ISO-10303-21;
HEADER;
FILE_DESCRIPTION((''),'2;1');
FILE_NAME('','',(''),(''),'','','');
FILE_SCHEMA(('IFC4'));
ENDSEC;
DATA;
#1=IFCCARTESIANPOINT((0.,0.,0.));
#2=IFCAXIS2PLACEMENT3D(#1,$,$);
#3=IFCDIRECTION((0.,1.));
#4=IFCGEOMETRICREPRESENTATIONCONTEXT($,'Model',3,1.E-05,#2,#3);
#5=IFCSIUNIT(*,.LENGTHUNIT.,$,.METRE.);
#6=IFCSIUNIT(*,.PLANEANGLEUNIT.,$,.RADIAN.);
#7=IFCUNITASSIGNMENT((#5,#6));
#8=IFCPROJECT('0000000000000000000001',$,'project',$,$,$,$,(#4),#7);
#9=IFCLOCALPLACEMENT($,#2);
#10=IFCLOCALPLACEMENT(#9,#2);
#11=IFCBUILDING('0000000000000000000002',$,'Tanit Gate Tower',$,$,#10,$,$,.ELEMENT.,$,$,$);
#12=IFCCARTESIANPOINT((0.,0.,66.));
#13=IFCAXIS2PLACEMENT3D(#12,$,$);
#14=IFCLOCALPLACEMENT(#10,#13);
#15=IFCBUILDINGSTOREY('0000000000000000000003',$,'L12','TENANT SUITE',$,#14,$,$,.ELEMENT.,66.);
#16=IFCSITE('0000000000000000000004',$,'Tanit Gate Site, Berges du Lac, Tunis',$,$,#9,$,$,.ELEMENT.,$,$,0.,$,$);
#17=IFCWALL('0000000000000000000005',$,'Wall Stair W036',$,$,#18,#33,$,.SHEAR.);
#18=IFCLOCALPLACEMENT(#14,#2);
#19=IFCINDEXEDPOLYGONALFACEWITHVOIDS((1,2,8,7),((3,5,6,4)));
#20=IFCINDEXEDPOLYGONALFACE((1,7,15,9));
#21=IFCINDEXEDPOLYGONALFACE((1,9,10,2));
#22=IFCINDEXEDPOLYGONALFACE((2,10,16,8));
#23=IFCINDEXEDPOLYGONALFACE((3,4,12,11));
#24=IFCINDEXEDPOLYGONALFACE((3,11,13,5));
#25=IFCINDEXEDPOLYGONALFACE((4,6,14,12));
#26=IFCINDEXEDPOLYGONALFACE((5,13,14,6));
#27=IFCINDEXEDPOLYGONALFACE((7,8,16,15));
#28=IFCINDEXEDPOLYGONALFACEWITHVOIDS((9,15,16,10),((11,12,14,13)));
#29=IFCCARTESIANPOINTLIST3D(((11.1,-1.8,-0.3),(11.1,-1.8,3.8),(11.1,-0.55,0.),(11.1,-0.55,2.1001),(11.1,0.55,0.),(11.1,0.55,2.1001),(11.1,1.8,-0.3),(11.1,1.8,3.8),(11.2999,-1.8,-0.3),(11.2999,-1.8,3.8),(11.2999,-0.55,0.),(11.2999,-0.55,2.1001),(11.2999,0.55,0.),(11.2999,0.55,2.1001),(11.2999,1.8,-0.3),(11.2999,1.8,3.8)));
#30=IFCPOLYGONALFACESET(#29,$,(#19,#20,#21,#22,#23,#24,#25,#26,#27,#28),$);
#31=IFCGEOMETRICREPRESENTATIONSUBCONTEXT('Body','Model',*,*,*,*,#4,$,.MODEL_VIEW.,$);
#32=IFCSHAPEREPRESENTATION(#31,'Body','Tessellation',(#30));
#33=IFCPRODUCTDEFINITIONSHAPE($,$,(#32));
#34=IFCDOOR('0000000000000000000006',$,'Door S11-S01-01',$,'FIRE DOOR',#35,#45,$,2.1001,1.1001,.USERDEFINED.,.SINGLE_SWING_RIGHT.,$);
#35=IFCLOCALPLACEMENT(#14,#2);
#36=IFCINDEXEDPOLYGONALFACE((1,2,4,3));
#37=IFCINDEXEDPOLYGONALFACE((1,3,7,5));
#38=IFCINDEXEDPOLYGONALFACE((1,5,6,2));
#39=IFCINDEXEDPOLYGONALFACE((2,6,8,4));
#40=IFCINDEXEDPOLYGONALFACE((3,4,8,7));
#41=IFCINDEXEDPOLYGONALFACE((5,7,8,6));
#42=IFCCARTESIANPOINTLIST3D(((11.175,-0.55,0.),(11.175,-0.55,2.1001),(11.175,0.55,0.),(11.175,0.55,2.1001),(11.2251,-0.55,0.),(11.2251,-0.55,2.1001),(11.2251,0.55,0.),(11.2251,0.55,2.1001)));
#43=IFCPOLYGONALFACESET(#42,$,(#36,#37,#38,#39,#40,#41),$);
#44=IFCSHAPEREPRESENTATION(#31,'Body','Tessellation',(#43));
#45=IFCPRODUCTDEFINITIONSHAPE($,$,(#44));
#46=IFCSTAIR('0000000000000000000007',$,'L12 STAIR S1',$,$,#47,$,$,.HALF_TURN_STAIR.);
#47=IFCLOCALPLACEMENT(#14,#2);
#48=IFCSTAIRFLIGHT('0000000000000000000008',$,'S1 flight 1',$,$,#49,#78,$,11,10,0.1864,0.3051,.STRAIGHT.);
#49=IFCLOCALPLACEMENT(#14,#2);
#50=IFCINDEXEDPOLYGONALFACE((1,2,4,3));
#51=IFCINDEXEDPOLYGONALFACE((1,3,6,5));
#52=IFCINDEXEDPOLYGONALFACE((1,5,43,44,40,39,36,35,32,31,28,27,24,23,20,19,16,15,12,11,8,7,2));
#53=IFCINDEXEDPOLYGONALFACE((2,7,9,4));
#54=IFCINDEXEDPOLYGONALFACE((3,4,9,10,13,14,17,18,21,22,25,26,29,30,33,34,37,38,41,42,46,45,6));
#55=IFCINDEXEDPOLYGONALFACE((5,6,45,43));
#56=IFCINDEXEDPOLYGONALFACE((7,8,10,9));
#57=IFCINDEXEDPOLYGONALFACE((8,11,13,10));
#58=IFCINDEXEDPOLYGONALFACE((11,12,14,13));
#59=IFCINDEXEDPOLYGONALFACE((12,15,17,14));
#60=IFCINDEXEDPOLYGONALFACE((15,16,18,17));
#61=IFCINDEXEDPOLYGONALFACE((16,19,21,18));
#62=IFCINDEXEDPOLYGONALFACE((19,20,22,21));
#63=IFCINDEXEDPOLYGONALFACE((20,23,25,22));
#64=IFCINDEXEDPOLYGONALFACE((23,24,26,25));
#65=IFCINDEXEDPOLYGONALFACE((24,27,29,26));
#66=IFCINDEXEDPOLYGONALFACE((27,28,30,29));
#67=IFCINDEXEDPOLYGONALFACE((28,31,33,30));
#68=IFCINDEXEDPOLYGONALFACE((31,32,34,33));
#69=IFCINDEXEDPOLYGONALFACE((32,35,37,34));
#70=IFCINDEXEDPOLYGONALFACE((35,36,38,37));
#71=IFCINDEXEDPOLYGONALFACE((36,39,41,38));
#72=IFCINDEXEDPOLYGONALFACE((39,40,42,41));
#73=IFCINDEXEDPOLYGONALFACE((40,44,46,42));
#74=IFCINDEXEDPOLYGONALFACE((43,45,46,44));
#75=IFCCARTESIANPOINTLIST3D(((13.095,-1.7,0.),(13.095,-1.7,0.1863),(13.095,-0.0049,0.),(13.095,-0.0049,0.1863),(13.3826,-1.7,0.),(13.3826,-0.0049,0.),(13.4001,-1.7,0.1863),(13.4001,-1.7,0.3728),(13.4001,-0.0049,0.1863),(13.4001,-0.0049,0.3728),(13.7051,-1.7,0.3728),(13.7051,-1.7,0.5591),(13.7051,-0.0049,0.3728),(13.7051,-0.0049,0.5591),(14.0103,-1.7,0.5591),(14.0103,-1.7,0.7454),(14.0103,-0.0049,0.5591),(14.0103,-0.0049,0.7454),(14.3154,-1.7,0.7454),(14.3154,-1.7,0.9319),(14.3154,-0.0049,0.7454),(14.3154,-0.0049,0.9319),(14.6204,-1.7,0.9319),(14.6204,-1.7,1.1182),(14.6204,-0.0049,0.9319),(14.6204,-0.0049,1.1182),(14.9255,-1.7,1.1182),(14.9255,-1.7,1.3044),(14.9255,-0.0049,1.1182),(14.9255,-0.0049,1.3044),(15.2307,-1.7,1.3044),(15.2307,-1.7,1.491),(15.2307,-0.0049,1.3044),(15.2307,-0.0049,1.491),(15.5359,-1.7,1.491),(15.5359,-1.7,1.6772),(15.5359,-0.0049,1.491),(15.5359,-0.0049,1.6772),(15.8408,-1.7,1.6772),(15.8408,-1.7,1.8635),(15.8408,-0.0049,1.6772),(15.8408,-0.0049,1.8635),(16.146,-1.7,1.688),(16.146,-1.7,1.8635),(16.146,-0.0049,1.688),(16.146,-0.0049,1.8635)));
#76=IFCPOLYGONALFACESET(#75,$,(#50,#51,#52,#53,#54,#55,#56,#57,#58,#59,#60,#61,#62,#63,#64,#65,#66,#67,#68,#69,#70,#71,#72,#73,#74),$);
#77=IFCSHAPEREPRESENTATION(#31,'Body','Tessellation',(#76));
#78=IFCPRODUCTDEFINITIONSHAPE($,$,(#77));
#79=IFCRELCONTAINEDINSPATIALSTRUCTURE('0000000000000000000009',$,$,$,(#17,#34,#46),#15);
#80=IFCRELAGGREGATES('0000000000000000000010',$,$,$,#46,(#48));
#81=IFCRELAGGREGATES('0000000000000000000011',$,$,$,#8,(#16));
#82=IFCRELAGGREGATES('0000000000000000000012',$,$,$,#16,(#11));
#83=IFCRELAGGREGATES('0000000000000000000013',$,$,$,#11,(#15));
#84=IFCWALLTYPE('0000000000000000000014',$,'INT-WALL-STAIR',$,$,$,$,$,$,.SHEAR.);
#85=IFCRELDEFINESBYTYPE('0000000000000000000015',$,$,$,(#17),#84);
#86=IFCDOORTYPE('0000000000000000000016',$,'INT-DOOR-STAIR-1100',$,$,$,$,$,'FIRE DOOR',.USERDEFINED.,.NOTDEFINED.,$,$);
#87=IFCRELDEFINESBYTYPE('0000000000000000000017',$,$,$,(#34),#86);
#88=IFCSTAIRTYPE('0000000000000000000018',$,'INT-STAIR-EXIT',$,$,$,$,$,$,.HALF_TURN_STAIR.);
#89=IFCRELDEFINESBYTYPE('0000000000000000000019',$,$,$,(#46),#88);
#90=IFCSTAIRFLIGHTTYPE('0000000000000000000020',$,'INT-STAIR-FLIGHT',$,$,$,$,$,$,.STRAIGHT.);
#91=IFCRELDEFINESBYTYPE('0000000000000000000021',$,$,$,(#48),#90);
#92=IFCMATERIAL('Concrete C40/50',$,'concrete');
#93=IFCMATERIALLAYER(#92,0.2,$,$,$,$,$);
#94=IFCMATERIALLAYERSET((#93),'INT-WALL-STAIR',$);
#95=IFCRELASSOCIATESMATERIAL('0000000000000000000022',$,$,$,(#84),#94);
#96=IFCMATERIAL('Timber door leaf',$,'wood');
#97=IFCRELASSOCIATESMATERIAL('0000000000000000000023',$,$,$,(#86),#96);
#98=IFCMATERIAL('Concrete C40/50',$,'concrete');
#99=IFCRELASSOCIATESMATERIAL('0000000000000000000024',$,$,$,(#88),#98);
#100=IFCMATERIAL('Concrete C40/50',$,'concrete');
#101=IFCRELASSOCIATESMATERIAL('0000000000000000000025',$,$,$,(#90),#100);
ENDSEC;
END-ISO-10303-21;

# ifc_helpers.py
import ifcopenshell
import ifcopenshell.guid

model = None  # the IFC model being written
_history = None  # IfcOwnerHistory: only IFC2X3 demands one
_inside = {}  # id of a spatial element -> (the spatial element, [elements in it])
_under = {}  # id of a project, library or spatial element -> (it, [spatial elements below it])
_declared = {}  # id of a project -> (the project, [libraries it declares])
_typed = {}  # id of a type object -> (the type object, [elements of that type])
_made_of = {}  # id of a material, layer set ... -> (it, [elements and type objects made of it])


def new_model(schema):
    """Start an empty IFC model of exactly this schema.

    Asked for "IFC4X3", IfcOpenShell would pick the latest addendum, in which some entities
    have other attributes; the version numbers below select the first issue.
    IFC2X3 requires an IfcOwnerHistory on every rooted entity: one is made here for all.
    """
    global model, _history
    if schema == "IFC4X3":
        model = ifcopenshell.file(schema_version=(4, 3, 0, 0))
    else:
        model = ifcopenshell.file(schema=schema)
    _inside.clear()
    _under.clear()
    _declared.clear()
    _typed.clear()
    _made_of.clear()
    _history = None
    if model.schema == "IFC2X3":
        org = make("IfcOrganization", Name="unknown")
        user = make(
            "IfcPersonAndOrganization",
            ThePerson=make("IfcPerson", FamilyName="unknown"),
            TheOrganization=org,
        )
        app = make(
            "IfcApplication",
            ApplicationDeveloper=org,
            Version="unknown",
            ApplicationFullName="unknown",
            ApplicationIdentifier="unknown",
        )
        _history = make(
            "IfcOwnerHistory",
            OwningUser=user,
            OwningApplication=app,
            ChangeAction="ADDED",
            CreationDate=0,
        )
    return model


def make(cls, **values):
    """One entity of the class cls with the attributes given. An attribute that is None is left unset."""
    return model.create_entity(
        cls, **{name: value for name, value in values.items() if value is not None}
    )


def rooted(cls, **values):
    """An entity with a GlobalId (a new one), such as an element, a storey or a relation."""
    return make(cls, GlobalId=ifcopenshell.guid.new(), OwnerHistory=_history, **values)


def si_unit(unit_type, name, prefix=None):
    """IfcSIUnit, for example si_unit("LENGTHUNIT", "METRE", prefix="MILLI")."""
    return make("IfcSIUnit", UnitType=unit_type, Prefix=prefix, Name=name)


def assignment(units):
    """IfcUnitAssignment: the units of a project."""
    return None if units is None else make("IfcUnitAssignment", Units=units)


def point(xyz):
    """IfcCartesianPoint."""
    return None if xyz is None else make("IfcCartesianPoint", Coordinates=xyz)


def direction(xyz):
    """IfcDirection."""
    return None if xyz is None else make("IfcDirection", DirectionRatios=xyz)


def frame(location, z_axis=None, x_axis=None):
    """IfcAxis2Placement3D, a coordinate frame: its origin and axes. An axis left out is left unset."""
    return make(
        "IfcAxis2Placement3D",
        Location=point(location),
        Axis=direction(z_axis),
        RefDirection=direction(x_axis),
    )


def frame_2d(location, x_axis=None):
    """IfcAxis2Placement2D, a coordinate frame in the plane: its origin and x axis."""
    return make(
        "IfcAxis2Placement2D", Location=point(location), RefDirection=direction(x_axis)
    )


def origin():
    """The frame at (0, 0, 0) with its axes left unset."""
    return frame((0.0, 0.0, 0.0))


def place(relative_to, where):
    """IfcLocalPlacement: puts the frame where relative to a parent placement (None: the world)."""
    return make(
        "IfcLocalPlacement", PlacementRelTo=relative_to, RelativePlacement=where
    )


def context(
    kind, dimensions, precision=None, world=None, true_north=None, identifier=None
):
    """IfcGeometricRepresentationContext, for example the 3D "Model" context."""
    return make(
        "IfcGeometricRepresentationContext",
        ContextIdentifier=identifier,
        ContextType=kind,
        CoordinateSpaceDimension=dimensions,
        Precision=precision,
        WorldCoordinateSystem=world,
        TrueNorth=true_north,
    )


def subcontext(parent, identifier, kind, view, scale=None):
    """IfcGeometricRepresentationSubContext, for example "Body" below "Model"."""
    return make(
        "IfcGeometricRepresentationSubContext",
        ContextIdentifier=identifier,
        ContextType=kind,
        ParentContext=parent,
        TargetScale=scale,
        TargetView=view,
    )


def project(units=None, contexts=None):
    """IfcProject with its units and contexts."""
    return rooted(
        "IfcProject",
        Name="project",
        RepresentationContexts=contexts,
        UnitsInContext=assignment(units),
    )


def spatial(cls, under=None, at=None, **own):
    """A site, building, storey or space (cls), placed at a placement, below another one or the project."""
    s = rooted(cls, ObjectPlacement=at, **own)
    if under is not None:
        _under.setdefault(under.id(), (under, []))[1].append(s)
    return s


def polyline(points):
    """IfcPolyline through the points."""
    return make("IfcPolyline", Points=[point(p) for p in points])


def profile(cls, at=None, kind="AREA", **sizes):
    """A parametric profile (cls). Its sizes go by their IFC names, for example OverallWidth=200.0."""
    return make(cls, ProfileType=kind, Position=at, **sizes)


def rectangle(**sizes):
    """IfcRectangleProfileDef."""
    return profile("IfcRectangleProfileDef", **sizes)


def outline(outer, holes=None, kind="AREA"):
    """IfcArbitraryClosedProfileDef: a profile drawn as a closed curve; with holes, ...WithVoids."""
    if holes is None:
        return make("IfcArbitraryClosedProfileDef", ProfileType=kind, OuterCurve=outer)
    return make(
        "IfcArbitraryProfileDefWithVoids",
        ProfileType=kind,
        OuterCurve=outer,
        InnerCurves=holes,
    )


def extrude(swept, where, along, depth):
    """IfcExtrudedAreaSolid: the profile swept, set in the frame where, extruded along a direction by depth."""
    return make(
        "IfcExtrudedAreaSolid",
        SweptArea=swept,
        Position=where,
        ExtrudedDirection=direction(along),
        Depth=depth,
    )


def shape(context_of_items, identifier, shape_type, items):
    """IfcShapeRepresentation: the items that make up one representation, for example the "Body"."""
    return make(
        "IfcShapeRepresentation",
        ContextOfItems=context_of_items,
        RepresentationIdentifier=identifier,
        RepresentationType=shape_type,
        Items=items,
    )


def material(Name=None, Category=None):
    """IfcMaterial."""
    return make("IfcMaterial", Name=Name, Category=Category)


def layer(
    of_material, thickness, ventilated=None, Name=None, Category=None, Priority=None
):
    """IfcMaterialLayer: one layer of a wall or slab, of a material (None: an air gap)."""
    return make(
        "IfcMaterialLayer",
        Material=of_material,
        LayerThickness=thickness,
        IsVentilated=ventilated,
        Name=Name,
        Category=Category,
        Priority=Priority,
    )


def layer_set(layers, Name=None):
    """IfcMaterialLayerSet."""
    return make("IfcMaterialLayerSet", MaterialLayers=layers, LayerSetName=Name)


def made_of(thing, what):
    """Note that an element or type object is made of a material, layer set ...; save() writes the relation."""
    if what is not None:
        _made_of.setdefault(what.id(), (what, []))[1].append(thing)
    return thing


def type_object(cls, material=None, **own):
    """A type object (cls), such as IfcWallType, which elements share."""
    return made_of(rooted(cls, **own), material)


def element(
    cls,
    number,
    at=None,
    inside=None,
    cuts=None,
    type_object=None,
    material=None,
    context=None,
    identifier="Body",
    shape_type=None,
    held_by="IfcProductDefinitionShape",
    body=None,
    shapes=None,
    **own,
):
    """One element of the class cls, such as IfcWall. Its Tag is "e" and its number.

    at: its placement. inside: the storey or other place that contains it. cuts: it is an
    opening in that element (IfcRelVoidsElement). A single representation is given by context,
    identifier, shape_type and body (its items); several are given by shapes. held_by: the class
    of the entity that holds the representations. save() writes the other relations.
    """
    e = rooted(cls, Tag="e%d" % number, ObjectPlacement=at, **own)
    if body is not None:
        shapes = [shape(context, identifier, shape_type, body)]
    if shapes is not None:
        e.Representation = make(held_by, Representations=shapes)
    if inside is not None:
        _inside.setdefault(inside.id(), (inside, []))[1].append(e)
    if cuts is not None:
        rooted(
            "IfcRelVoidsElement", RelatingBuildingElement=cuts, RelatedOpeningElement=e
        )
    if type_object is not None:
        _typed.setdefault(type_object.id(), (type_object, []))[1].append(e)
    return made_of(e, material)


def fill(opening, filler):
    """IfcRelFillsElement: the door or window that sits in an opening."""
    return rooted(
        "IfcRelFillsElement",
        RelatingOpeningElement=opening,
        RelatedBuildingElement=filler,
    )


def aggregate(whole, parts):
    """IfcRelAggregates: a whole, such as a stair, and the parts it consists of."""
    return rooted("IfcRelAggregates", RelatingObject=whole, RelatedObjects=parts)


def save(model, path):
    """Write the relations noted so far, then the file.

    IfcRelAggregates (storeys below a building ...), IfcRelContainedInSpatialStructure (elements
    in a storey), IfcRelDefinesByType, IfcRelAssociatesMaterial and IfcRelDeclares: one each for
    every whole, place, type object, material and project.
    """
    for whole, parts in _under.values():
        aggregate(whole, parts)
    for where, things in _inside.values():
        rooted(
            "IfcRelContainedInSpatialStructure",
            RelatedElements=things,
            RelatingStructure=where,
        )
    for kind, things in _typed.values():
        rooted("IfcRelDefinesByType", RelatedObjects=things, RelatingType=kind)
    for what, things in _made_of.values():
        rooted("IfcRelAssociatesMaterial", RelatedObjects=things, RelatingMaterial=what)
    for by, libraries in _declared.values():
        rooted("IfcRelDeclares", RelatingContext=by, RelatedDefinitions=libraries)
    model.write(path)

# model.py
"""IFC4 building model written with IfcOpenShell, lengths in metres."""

from ifc_helpers import new_model, si_unit, direction, frame, frame_2d, origin, place, context, subcontext, project, spatial, polyline, rectangle, outline, extrude, material, layer, layer_set, type_object, element, fill, aggregate, save


model = new_model("IFC4")

# Units and contexts
model_context = context("Model", 3, precision=1e-05, world=origin(), true_north=direction((0.0, 1.0)))
body_context = subcontext(model_context, "Body", "Model", "MODEL_VIEW")
ifc_project = project(units=[si_unit("LENGTHUNIT", "METRE"), si_unit("PLANEANGLEUNIT", "RADIAN")], contexts=[model_context])

# Site, building, storey
site_placement = place(None, origin())
site = spatial("IfcSite", under=ifc_project, at=site_placement, Name="Tanit Gate Site, Berges du Lac, Tunis", CompositionType="ELEMENT", RefElevation=0.0)
building_placement = place(site_placement, origin())
building = spatial("IfcBuilding", under=site, at=building_placement, Name="Tanit Gate Tower", CompositionType="ELEMENT")
storey_placement = place(building_placement, frame((0.0, 0.0, 66.0)))
storey = spatial("IfcBuildingStorey", under=building, at=storey_placement, Name="L12", Description="TENANT SUITE", CompositionType="ELEMENT", Elevation=66.0)

# Shared definitions
ifc_material_1 = material(Name="Concrete C40/50", Category="concrete")
ifc_layer_1 = layer(ifc_material_1, 0.2)
ifc_layer_set_1 = layer_set([ifc_layer_1], Name="INT-WALL-STAIR")
wall_type_1 = type_object("IfcWallType", Name="INT-WALL-STAIR", PredefinedType="SHEAR", material=ifc_layer_set_1)

# Wall, opening, door
wall_1_placement = place(storey_placement, frame((11.2, -1.8, -0.3), z_axis=(0.0, 0.0, 1.0), x_axis=(0.0, 1.0, 0.0)))
wall_1 = element("IfcWall", 1, at=wall_1_placement, inside=storey, type_object=wall_type_1, Name="Wall Stair W036", PredefinedType="SHEAR", context=body_context, shape_type="SweptSolid", body=[
    extrude(rectangle(XDim=3.6001, YDim=0.2, at=frame_2d((1.8, 0.0))), origin(), (0.0, 0.0, 1.0), 4.1001),
])
opening_1_placement = place(wall_1_placement, frame((1.25, 0.0, 0.3)))
opening_1 = element("IfcOpeningElement", 2, at=opening_1_placement, cuts=wall_1, PredefinedType="OPENING", context=body_context, shape_type="SweptSolid", body=[
    extrude(rectangle(XDim=1.1001, YDim=2.1001, at=frame_2d((0.55, 1.05))), frame((0.0, 0.1099, 0.0), z_axis=(0.0, -1.0, 0.0), x_axis=(1.0, 0.0, 0.0)), (0.0, 0.0, 1.0), 0.22),
])
ifc_material_2 = material(Name="Timber door leaf", Category="wood")
door_type_1 = type_object("IfcDoorType", Name="INT-DOOR-STAIR-1100", ElementType="FIRE DOOR", OperationType="NOTDEFINED", PredefinedType="USERDEFINED", material=ifc_material_2)
door_1_placement = place(opening_1_placement, origin())
door_1 = element("IfcDoor", 3, at=door_1_placement, inside=storey, type_object=door_type_1, Name="Door S11-S01-01", ObjectType="FIRE DOOR", OperationType="SINGLE_SWING_RIGHT", OverallHeight=2.1001, OverallWidth=1.1001, PredefinedType="USERDEFINED", context=body_context, shape_type="SweptSolid", body=[
    extrude(rectangle(XDim=1.1001, YDim=2.1001, at=frame_2d((0.55, 1.05))), frame((0.0, 0.0249, 0.0), z_axis=(0.0, -1.0, 0.0), x_axis=(1.0, 0.0, 0.0)), (0.0, 0.0, 1.0), 0.05),
])
fill(opening_1, door_1)

# Stair, stair flight
ifc_material_3 = material(Name="Concrete C40/50", Category="concrete")
stair_type = type_object("IfcStairType", Name="INT-STAIR-EXIT", PredefinedType="HALF_TURN_STAIR", material=ifc_material_3)
stair_placement = place(storey_placement, origin())
stair = element("IfcStair", 4, at=stair_placement, inside=storey, type_object=stair_type, Name="L12 STAIR S1", PredefinedType="HALF_TURN_STAIR")
ifc_material_4 = material(Name="Concrete C40/50", Category="concrete")
stair_flight_type = type_object("IfcStairFlightType", Name="INT-STAIR-FLIGHT", PredefinedType="STRAIGHT", material=ifc_material_4)
stair_flight_placement = place(storey_placement, frame((13.095, -0.8525, 0.0), z_axis=(0.0, 0.0, 1.0), x_axis=(1.0, 0.0, 0.0)))
stair_flight = element("IfcStairFlight", 5, at=stair_flight_placement, type_object=stair_flight_type, Name="S1 flight 1", NumberOfRisers=11, NumberOfTreads=10, PredefinedType="STRAIGHT", RiserHeight=0.1864, TreadLength=0.3051, context=body_context, shape_type="SweptSolid", body=[
    extrude(outline(polyline([(0.0, 0.0), (0.0, 0.1863), (0.3052, 0.1863), (0.3052, 0.3728), (0.6101, 0.3728), (0.6101, 0.5591), (0.9153, 0.5591), (0.9153, 0.7454), (1.2205, 0.7454), (1.2205, 0.9319), (1.5254, 0.9319), (1.5254, 1.1182), (1.8306, 1.1182), (1.8306, 1.3044), (2.1357, 1.3044), (2.1357, 1.491), (2.4409, 1.491), (2.4409, 1.6772), (2.7458, 1.6772), (2.7458, 1.8635), (3.051, 1.8635), (3.051, 2.05), (3.051, 1.688), (0.2876, 0.0), (0.0, 0.0)])), frame((0.0, 0.8477, 0.0), z_axis=(0.0, -1.0, 0.0), x_axis=(1.0, 0.0, 0.0)), (0.0, 0.0, 1.0), 1.6951),
])
aggregate(stair, [stair_flight])

save(model, "model.ifc")
